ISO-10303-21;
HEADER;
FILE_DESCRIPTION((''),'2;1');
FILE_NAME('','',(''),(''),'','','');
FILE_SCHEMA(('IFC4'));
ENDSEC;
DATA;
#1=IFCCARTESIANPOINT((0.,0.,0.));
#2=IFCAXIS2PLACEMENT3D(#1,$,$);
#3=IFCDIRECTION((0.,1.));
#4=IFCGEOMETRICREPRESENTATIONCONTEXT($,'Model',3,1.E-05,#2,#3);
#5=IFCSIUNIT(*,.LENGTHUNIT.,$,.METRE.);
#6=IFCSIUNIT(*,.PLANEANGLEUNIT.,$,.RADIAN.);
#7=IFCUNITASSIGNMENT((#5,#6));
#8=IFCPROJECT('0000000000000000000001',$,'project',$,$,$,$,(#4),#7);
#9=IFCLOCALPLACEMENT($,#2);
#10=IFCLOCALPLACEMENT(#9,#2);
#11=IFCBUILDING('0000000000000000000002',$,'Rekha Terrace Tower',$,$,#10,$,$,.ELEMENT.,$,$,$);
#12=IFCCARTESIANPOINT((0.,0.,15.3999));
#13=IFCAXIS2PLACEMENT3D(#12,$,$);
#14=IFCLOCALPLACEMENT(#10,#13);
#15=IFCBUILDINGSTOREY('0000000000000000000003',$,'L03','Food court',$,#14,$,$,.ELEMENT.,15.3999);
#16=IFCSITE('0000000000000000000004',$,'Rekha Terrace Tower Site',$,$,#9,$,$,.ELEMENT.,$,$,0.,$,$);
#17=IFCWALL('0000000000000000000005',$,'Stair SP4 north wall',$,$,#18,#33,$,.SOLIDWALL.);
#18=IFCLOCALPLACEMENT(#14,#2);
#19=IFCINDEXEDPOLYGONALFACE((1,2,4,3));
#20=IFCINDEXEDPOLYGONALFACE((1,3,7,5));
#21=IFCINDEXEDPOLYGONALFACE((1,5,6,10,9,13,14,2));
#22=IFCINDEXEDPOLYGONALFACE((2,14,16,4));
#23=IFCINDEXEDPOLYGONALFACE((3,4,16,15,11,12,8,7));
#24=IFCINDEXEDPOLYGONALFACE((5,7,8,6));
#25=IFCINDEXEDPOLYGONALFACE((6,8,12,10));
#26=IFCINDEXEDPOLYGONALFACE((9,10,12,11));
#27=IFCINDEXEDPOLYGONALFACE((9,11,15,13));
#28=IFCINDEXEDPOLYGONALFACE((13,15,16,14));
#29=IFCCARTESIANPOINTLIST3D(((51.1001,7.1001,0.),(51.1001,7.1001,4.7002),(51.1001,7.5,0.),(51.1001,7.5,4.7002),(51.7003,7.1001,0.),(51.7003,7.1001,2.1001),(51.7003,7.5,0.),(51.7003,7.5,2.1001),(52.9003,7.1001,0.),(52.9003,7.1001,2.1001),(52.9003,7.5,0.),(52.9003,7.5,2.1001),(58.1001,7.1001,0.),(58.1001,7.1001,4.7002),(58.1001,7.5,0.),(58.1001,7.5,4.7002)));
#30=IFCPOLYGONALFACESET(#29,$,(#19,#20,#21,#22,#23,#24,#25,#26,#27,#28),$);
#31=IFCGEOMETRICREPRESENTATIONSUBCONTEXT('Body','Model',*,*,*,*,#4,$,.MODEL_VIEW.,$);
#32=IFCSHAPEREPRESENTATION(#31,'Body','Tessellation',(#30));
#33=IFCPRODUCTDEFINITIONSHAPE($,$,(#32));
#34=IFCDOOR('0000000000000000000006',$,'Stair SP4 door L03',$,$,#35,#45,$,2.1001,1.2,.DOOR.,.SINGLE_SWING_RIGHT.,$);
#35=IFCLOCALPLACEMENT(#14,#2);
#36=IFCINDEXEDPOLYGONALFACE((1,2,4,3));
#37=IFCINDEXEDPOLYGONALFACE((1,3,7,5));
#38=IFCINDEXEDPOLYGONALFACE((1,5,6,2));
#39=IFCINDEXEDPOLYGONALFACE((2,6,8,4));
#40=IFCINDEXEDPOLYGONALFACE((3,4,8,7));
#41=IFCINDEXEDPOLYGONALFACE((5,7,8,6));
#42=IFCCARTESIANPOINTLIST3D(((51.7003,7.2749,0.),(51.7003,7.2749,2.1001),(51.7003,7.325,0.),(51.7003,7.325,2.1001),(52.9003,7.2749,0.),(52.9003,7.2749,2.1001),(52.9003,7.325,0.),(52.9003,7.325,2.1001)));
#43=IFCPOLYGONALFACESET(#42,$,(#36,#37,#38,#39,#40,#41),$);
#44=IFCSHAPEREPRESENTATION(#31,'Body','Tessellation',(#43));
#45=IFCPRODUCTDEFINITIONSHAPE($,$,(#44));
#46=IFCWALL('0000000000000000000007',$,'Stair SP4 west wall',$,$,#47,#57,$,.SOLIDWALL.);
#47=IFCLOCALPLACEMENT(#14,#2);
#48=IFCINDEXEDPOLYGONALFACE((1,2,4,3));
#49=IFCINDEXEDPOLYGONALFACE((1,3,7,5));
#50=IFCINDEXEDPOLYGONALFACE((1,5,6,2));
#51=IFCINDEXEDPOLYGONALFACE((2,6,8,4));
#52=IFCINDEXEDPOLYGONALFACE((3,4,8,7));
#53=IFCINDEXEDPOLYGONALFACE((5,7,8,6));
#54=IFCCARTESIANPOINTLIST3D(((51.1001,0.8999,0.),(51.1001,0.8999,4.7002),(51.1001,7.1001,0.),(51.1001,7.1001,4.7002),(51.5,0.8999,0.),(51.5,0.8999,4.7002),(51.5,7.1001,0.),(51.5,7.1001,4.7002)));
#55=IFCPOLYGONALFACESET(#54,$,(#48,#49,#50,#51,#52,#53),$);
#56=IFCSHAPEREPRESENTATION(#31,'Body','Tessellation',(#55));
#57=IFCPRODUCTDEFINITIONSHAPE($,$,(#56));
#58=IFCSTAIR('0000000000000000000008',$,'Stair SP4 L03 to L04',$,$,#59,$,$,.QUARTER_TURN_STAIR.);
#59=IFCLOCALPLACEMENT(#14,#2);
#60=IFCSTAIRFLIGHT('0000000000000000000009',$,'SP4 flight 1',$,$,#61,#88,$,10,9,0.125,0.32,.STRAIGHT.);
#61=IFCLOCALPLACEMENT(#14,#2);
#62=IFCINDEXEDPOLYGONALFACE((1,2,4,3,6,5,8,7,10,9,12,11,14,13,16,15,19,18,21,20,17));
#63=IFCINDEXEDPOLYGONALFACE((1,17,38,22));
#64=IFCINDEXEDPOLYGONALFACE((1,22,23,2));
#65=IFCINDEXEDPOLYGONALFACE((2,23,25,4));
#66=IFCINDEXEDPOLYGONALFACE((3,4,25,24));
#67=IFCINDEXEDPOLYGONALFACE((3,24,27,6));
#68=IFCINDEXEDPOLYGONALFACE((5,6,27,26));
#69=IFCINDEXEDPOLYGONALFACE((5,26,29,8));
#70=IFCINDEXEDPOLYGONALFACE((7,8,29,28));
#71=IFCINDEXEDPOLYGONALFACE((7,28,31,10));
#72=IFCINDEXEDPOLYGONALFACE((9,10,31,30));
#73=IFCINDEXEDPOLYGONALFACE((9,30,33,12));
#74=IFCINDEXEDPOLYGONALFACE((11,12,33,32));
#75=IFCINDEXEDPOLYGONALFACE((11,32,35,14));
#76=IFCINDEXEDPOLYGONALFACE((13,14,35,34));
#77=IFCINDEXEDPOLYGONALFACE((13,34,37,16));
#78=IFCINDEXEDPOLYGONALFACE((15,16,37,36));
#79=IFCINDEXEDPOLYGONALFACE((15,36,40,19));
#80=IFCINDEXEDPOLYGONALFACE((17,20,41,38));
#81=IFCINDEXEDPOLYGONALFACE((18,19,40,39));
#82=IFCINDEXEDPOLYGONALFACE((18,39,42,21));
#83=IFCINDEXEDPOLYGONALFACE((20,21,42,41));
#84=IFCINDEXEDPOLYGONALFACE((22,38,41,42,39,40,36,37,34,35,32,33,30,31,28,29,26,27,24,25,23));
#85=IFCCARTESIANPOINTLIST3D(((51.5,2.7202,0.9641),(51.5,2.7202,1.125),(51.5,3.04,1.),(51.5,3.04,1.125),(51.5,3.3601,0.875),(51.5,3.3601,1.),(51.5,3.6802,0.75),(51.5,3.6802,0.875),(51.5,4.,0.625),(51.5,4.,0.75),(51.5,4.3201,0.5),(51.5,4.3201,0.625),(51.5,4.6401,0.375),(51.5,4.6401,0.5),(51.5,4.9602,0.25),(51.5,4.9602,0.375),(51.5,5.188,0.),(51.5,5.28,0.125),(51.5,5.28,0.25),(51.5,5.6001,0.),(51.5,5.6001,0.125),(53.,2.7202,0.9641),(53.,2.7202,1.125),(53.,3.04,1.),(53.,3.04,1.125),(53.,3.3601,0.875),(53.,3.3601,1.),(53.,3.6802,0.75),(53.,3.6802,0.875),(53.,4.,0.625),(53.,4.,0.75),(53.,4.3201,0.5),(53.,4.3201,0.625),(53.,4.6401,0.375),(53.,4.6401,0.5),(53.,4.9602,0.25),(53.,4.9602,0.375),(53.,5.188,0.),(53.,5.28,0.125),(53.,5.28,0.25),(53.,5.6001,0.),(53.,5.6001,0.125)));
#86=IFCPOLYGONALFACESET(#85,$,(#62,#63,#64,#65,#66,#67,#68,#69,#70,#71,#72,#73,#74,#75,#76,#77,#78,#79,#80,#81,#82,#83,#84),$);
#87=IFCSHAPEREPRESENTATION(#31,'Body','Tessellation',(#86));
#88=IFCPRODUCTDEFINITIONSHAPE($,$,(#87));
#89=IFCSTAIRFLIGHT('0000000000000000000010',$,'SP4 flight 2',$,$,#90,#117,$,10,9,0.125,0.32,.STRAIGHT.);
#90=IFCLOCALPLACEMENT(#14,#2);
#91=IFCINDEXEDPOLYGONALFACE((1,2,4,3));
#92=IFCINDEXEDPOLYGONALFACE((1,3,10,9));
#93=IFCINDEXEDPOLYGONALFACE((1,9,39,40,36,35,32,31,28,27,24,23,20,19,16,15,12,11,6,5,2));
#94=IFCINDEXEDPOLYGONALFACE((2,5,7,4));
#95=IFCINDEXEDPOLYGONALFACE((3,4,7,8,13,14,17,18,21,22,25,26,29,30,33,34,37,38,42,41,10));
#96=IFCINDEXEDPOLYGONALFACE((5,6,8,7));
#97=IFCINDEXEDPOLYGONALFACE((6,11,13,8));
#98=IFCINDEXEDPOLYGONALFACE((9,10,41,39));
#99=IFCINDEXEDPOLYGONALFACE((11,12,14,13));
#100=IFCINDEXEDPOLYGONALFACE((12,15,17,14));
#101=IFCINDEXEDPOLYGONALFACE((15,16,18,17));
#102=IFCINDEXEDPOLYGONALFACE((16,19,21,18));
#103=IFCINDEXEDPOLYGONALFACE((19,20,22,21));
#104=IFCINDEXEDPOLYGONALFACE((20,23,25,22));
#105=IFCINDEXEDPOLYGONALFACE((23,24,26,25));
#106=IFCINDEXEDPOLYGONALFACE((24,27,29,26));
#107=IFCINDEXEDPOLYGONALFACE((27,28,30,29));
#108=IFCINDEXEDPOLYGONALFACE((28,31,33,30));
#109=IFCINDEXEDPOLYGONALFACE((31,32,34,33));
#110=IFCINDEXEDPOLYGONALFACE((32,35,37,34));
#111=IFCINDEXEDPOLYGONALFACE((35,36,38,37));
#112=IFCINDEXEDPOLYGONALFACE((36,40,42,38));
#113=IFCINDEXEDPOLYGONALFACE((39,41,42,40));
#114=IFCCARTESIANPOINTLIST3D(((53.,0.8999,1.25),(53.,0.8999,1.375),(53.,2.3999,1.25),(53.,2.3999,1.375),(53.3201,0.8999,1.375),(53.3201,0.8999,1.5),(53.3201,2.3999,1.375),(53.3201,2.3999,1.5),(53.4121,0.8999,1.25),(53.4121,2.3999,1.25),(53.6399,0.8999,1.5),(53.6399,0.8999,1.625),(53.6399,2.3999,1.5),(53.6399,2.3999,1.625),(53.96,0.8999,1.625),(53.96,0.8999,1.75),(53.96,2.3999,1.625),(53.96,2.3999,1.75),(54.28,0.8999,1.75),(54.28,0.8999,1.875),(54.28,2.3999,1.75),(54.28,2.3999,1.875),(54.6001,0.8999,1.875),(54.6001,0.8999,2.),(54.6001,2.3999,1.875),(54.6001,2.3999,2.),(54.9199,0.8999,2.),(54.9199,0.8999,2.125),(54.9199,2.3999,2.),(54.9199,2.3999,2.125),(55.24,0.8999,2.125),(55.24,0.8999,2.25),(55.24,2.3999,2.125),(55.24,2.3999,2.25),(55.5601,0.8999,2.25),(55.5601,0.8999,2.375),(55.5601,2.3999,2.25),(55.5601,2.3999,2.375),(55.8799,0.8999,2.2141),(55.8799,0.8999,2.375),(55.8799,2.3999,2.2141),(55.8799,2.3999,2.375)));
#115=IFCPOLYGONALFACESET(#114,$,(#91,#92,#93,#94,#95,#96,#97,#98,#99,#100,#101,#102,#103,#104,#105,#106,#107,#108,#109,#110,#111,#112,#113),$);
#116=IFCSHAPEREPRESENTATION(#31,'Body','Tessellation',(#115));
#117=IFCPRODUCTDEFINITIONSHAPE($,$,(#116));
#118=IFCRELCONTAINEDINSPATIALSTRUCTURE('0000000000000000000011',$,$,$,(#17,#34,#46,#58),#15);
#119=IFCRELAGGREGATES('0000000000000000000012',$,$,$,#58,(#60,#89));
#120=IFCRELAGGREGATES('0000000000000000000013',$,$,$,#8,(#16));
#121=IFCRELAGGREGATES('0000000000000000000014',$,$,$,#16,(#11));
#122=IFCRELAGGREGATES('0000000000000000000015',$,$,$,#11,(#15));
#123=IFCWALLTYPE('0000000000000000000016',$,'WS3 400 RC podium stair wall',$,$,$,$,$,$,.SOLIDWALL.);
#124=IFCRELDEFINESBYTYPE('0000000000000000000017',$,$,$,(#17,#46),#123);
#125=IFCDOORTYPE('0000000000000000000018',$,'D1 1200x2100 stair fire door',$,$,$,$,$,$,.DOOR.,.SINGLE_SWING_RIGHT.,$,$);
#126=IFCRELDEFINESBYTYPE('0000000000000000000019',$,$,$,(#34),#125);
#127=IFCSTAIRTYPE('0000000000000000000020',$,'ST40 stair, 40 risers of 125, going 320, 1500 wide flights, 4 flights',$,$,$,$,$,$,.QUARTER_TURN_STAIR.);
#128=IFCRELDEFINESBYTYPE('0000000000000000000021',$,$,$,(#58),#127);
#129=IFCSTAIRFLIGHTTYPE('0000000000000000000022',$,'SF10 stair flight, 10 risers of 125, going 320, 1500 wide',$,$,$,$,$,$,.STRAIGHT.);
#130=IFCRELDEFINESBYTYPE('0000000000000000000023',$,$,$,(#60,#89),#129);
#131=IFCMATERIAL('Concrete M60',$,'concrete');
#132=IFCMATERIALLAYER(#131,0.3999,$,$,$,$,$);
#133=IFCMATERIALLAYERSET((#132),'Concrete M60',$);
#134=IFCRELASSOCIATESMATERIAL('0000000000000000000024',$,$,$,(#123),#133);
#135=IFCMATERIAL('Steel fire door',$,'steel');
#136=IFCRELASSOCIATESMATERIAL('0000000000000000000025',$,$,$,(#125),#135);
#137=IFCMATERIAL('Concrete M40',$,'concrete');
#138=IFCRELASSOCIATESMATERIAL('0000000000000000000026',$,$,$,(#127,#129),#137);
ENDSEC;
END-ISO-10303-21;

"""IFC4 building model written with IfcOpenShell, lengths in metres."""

from ifc_helpers import new_model, si_unit, direction, frame, frame_2d, origin, place, context, subcontext, project, spatial, polyline, rectangle, outline, extrude, material, layer, layer_set, type_object, element, fill, aggregate, save


model = new_model("IFC4")

# Units and contexts
model_context = context("Model", 3, precision=1e-05, world=origin(), true_north=direction((0.0, 1.0)))
body_context = subcontext(model_context, "Body", "Model", "MODEL_VIEW")
ifc_project = project(units=[si_unit("LENGTHUNIT", "METRE"), si_unit("PLANEANGLEUNIT", "RADIAN")], contexts=[model_context])

# Site, building, storey
site_placement = place(None, origin())
site = spatial("IfcSite", under=ifc_project, at=site_placement, Name="Rekha Terrace Tower Site", CompositionType="ELEMENT", RefElevation=0.0)
building_placement = place(site_placement, origin())
building = spatial("IfcBuilding", under=site, at=building_placement, Name="Rekha Terrace Tower", CompositionType="ELEMENT")
storey_placement = place(building_placement, frame((0.0, 0.0, 15.3999)))
storey = spatial("IfcBuildingStorey", under=building, at=storey_placement, Name="L03", Description="Food court", CompositionType="ELEMENT", Elevation=15.3999)

# Shared definitions
ifc_material_1 = material(Name="Concrete M60", Category="concrete")

# Shared definitions
ifc_layer_1 = layer(ifc_material_1, 0.3999)
ifc_layer_set_1 = layer_set([ifc_layer_1], Name="Concrete M60")
wall_type_1 = type_object("IfcWallType", Name="WS3 400 RC podium stair wall", PredefinedType="SOLIDWALL", material=ifc_layer_set_1)

# Wall, opening, door
wall_1_placement = place(storey_placement, frame((51.1001, 7.3, 0.0), z_axis=(0.0, 0.0, 1.0), x_axis=(1.0, 0.0, 0.0)))
wall_1 = element("IfcWall", 1, at=wall_1_placement, inside=storey, type_object=wall_type_1, Name="Stair SP4 north wall", PredefinedType="SOLIDWALL", context=body_context, shape_type="SweptSolid", body=[
    extrude(rectangle(XDim=7.0, YDim=0.3999, at=frame_2d((3.5, 0.0))), origin(), (0.0, 0.0, 1.0), 4.7002),
])
opening_placement = place(wall_1_placement, frame((0.6001, 0.0, 0.0)))
opening = element("IfcOpeningElement", 2, at=opening_placement, cuts=wall_1, PredefinedType="OPENING", context=body_context, shape_type="SweptSolid", body=[
    extrude(rectangle(XDim=1.2, YDim=2.1001, at=frame_2d((0.6001, 1.05))), frame((0.0, 0.21, 0.0), z_axis=(0.0, -1.0, 0.0), x_axis=(1.0, 0.0, 0.0)), (0.0, 0.0, 1.0), 0.4199),
])
ifc_material_2 = material(Name="Steel fire door", Category="steel")
door_type = type_object("IfcDoorType", Name="D1 1200x2100 stair fire door", OperationType="SINGLE_SWING_RIGHT", PredefinedType="DOOR", material=ifc_material_2)
door_placement = place(opening_placement, origin())
door = element("IfcDoor", 3, at=door_placement, inside=storey, type_object=door_type, Name="Stair SP4 door L03", OperationType="SINGLE_SWING_RIGHT", OverallHeight=2.1001, OverallWidth=1.2, PredefinedType="DOOR", context=body_context, shape_type="SweptSolid", body=[
    extrude(rectangle(XDim=1.2, YDim=2.1001, at=frame_2d((0.6001, 1.05))), frame((0.0, 0.0249, 0.0), z_axis=(0.0, -1.0, 0.0), x_axis=(1.0, 0.0, 0.0)), (0.0, 0.0, 1.0), 0.05),
])
fill(opening, door)

# Wall
wall_2_placement = place(storey_placement, frame((51.3, 0.8999, 0.0), z_axis=(0.0, 0.0, 1.0), x_axis=(0.0, 1.0, 0.0)))
element("IfcWall", 4, at=wall_2_placement, inside=storey, type_object=wall_type_1, Name="Stair SP4 west wall", PredefinedType="SOLIDWALL", context=body_context, shape_type="SweptSolid", body=[
    extrude(rectangle(XDim=6.2002, YDim=0.3999, at=frame_2d((3.1001, 0.0))), origin(), (0.0, 0.0, 1.0), 4.7002),
])

# Stair, stair flights
ifc_material_3 = material(Name="Concrete M40", Category="concrete")
stair_type = type_object("IfcStairType", Name="ST40 stair, 40 risers of 125, going 320, 1500 wide flights, 4 flights", PredefinedType="QUARTER_TURN_STAIR", material=ifc_material_3)
stair_placement = place(storey_placement, origin())
stair = element("IfcStair", 5, at=stair_placement, inside=storey, type_object=stair_type, Name="Stair SP4 L03 to L04", PredefinedType="QUARTER_TURN_STAIR")
stair_flight_type = type_object("IfcStairFlightType", Name="SF10 stair flight, 10 risers of 125, going 320, 1500 wide", PredefinedType="STRAIGHT", material=ifc_material_3)
stair_flight_1_placement = place(storey_placement, frame((52.25, 5.6001, 0.0), z_axis=(0.0, 0.0, 1.0), x_axis=(0.0, -1.0, 0.0)))
stair_flight_1 = element("IfcStairFlight", 6, at=stair_flight_1_placement, type_object=stair_flight_type, Name="SP4 flight 1", NumberOfRisers=10, NumberOfTreads=9, PredefinedType="STRAIGHT", RiserHeight=0.125, TreadLength=0.32, context=body_context, shape_type="SweptSolid", body=[
    extrude(outline(polyline([(0.0, 0.0), (0.0, 0.125), (0.3201, 0.125), (0.3201, 0.25), (0.6399, 0.25), (0.6399, 0.375), (0.96, 0.375), (0.96, 0.5), (1.28, 0.5), (1.28, 0.625), (1.6001, 0.625), (1.6001, 0.75), (1.9199, 0.75), (1.9199, 0.875), (2.24, 0.875), (2.24, 1.0), (2.5601, 1.0), (2.5601, 1.125), (2.8799, 1.125), (2.8799, 1.25), (2.8799, 0.9641), (0.4121, 0.0), (0.0, 0.0)])), frame((0.0, 0.75, 0.0), z_axis=(0.0, -1.0, 0.0), x_axis=(1.0, 0.0, 0.0)), (0.0, 0.0, 1.0), 1.5),
])
stair_flight_2_placement = place(storey_placement, frame((53.0, 1.6499, 1.25), z_axis=(0.0, 0.0, 1.0), x_axis=(1.0, 0.0, 0.0)))
stair_flight_2 = element("IfcStairFlight", 7, at=stair_flight_2_placement, type_object=stair_flight_type, Name="SP4 flight 2", NumberOfRisers=10, NumberOfTreads=9, PredefinedType="STRAIGHT", RiserHeight=0.125, TreadLength=0.32, context=body_context, shape_type="SweptSolid", body=[
    extrude(outline(polyline([(0.0, 0.0), (0.0, 0.125), (0.3201, 0.125), (0.3201, 0.25), (0.6399, 0.25), (0.6399, 0.375), (0.96, 0.375), (0.96, 0.5), (1.28, 0.5), (1.28, 0.625), (1.6001, 0.625), (1.6001, 0.75), (1.9199, 0.75), (1.9199, 0.875), (2.24, 0.875), (2.24, 1.0), (2.5601, 1.0), (2.5601, 1.125), (2.8799, 1.125), (2.8799, 1.25), (2.8799, 0.9641), (0.4121, 0.0), (0.0, 0.0)])), frame((0.0, 0.75, 0.0), z_axis=(0.0, -1.0, 0.0), x_axis=(1.0, 0.0, 0.0)), (0.0, 0.0, 1.0), 1.5),
])
aggregate(stair, [stair_flight_1, stair_flight_2])

save(model, "model.ifc")
